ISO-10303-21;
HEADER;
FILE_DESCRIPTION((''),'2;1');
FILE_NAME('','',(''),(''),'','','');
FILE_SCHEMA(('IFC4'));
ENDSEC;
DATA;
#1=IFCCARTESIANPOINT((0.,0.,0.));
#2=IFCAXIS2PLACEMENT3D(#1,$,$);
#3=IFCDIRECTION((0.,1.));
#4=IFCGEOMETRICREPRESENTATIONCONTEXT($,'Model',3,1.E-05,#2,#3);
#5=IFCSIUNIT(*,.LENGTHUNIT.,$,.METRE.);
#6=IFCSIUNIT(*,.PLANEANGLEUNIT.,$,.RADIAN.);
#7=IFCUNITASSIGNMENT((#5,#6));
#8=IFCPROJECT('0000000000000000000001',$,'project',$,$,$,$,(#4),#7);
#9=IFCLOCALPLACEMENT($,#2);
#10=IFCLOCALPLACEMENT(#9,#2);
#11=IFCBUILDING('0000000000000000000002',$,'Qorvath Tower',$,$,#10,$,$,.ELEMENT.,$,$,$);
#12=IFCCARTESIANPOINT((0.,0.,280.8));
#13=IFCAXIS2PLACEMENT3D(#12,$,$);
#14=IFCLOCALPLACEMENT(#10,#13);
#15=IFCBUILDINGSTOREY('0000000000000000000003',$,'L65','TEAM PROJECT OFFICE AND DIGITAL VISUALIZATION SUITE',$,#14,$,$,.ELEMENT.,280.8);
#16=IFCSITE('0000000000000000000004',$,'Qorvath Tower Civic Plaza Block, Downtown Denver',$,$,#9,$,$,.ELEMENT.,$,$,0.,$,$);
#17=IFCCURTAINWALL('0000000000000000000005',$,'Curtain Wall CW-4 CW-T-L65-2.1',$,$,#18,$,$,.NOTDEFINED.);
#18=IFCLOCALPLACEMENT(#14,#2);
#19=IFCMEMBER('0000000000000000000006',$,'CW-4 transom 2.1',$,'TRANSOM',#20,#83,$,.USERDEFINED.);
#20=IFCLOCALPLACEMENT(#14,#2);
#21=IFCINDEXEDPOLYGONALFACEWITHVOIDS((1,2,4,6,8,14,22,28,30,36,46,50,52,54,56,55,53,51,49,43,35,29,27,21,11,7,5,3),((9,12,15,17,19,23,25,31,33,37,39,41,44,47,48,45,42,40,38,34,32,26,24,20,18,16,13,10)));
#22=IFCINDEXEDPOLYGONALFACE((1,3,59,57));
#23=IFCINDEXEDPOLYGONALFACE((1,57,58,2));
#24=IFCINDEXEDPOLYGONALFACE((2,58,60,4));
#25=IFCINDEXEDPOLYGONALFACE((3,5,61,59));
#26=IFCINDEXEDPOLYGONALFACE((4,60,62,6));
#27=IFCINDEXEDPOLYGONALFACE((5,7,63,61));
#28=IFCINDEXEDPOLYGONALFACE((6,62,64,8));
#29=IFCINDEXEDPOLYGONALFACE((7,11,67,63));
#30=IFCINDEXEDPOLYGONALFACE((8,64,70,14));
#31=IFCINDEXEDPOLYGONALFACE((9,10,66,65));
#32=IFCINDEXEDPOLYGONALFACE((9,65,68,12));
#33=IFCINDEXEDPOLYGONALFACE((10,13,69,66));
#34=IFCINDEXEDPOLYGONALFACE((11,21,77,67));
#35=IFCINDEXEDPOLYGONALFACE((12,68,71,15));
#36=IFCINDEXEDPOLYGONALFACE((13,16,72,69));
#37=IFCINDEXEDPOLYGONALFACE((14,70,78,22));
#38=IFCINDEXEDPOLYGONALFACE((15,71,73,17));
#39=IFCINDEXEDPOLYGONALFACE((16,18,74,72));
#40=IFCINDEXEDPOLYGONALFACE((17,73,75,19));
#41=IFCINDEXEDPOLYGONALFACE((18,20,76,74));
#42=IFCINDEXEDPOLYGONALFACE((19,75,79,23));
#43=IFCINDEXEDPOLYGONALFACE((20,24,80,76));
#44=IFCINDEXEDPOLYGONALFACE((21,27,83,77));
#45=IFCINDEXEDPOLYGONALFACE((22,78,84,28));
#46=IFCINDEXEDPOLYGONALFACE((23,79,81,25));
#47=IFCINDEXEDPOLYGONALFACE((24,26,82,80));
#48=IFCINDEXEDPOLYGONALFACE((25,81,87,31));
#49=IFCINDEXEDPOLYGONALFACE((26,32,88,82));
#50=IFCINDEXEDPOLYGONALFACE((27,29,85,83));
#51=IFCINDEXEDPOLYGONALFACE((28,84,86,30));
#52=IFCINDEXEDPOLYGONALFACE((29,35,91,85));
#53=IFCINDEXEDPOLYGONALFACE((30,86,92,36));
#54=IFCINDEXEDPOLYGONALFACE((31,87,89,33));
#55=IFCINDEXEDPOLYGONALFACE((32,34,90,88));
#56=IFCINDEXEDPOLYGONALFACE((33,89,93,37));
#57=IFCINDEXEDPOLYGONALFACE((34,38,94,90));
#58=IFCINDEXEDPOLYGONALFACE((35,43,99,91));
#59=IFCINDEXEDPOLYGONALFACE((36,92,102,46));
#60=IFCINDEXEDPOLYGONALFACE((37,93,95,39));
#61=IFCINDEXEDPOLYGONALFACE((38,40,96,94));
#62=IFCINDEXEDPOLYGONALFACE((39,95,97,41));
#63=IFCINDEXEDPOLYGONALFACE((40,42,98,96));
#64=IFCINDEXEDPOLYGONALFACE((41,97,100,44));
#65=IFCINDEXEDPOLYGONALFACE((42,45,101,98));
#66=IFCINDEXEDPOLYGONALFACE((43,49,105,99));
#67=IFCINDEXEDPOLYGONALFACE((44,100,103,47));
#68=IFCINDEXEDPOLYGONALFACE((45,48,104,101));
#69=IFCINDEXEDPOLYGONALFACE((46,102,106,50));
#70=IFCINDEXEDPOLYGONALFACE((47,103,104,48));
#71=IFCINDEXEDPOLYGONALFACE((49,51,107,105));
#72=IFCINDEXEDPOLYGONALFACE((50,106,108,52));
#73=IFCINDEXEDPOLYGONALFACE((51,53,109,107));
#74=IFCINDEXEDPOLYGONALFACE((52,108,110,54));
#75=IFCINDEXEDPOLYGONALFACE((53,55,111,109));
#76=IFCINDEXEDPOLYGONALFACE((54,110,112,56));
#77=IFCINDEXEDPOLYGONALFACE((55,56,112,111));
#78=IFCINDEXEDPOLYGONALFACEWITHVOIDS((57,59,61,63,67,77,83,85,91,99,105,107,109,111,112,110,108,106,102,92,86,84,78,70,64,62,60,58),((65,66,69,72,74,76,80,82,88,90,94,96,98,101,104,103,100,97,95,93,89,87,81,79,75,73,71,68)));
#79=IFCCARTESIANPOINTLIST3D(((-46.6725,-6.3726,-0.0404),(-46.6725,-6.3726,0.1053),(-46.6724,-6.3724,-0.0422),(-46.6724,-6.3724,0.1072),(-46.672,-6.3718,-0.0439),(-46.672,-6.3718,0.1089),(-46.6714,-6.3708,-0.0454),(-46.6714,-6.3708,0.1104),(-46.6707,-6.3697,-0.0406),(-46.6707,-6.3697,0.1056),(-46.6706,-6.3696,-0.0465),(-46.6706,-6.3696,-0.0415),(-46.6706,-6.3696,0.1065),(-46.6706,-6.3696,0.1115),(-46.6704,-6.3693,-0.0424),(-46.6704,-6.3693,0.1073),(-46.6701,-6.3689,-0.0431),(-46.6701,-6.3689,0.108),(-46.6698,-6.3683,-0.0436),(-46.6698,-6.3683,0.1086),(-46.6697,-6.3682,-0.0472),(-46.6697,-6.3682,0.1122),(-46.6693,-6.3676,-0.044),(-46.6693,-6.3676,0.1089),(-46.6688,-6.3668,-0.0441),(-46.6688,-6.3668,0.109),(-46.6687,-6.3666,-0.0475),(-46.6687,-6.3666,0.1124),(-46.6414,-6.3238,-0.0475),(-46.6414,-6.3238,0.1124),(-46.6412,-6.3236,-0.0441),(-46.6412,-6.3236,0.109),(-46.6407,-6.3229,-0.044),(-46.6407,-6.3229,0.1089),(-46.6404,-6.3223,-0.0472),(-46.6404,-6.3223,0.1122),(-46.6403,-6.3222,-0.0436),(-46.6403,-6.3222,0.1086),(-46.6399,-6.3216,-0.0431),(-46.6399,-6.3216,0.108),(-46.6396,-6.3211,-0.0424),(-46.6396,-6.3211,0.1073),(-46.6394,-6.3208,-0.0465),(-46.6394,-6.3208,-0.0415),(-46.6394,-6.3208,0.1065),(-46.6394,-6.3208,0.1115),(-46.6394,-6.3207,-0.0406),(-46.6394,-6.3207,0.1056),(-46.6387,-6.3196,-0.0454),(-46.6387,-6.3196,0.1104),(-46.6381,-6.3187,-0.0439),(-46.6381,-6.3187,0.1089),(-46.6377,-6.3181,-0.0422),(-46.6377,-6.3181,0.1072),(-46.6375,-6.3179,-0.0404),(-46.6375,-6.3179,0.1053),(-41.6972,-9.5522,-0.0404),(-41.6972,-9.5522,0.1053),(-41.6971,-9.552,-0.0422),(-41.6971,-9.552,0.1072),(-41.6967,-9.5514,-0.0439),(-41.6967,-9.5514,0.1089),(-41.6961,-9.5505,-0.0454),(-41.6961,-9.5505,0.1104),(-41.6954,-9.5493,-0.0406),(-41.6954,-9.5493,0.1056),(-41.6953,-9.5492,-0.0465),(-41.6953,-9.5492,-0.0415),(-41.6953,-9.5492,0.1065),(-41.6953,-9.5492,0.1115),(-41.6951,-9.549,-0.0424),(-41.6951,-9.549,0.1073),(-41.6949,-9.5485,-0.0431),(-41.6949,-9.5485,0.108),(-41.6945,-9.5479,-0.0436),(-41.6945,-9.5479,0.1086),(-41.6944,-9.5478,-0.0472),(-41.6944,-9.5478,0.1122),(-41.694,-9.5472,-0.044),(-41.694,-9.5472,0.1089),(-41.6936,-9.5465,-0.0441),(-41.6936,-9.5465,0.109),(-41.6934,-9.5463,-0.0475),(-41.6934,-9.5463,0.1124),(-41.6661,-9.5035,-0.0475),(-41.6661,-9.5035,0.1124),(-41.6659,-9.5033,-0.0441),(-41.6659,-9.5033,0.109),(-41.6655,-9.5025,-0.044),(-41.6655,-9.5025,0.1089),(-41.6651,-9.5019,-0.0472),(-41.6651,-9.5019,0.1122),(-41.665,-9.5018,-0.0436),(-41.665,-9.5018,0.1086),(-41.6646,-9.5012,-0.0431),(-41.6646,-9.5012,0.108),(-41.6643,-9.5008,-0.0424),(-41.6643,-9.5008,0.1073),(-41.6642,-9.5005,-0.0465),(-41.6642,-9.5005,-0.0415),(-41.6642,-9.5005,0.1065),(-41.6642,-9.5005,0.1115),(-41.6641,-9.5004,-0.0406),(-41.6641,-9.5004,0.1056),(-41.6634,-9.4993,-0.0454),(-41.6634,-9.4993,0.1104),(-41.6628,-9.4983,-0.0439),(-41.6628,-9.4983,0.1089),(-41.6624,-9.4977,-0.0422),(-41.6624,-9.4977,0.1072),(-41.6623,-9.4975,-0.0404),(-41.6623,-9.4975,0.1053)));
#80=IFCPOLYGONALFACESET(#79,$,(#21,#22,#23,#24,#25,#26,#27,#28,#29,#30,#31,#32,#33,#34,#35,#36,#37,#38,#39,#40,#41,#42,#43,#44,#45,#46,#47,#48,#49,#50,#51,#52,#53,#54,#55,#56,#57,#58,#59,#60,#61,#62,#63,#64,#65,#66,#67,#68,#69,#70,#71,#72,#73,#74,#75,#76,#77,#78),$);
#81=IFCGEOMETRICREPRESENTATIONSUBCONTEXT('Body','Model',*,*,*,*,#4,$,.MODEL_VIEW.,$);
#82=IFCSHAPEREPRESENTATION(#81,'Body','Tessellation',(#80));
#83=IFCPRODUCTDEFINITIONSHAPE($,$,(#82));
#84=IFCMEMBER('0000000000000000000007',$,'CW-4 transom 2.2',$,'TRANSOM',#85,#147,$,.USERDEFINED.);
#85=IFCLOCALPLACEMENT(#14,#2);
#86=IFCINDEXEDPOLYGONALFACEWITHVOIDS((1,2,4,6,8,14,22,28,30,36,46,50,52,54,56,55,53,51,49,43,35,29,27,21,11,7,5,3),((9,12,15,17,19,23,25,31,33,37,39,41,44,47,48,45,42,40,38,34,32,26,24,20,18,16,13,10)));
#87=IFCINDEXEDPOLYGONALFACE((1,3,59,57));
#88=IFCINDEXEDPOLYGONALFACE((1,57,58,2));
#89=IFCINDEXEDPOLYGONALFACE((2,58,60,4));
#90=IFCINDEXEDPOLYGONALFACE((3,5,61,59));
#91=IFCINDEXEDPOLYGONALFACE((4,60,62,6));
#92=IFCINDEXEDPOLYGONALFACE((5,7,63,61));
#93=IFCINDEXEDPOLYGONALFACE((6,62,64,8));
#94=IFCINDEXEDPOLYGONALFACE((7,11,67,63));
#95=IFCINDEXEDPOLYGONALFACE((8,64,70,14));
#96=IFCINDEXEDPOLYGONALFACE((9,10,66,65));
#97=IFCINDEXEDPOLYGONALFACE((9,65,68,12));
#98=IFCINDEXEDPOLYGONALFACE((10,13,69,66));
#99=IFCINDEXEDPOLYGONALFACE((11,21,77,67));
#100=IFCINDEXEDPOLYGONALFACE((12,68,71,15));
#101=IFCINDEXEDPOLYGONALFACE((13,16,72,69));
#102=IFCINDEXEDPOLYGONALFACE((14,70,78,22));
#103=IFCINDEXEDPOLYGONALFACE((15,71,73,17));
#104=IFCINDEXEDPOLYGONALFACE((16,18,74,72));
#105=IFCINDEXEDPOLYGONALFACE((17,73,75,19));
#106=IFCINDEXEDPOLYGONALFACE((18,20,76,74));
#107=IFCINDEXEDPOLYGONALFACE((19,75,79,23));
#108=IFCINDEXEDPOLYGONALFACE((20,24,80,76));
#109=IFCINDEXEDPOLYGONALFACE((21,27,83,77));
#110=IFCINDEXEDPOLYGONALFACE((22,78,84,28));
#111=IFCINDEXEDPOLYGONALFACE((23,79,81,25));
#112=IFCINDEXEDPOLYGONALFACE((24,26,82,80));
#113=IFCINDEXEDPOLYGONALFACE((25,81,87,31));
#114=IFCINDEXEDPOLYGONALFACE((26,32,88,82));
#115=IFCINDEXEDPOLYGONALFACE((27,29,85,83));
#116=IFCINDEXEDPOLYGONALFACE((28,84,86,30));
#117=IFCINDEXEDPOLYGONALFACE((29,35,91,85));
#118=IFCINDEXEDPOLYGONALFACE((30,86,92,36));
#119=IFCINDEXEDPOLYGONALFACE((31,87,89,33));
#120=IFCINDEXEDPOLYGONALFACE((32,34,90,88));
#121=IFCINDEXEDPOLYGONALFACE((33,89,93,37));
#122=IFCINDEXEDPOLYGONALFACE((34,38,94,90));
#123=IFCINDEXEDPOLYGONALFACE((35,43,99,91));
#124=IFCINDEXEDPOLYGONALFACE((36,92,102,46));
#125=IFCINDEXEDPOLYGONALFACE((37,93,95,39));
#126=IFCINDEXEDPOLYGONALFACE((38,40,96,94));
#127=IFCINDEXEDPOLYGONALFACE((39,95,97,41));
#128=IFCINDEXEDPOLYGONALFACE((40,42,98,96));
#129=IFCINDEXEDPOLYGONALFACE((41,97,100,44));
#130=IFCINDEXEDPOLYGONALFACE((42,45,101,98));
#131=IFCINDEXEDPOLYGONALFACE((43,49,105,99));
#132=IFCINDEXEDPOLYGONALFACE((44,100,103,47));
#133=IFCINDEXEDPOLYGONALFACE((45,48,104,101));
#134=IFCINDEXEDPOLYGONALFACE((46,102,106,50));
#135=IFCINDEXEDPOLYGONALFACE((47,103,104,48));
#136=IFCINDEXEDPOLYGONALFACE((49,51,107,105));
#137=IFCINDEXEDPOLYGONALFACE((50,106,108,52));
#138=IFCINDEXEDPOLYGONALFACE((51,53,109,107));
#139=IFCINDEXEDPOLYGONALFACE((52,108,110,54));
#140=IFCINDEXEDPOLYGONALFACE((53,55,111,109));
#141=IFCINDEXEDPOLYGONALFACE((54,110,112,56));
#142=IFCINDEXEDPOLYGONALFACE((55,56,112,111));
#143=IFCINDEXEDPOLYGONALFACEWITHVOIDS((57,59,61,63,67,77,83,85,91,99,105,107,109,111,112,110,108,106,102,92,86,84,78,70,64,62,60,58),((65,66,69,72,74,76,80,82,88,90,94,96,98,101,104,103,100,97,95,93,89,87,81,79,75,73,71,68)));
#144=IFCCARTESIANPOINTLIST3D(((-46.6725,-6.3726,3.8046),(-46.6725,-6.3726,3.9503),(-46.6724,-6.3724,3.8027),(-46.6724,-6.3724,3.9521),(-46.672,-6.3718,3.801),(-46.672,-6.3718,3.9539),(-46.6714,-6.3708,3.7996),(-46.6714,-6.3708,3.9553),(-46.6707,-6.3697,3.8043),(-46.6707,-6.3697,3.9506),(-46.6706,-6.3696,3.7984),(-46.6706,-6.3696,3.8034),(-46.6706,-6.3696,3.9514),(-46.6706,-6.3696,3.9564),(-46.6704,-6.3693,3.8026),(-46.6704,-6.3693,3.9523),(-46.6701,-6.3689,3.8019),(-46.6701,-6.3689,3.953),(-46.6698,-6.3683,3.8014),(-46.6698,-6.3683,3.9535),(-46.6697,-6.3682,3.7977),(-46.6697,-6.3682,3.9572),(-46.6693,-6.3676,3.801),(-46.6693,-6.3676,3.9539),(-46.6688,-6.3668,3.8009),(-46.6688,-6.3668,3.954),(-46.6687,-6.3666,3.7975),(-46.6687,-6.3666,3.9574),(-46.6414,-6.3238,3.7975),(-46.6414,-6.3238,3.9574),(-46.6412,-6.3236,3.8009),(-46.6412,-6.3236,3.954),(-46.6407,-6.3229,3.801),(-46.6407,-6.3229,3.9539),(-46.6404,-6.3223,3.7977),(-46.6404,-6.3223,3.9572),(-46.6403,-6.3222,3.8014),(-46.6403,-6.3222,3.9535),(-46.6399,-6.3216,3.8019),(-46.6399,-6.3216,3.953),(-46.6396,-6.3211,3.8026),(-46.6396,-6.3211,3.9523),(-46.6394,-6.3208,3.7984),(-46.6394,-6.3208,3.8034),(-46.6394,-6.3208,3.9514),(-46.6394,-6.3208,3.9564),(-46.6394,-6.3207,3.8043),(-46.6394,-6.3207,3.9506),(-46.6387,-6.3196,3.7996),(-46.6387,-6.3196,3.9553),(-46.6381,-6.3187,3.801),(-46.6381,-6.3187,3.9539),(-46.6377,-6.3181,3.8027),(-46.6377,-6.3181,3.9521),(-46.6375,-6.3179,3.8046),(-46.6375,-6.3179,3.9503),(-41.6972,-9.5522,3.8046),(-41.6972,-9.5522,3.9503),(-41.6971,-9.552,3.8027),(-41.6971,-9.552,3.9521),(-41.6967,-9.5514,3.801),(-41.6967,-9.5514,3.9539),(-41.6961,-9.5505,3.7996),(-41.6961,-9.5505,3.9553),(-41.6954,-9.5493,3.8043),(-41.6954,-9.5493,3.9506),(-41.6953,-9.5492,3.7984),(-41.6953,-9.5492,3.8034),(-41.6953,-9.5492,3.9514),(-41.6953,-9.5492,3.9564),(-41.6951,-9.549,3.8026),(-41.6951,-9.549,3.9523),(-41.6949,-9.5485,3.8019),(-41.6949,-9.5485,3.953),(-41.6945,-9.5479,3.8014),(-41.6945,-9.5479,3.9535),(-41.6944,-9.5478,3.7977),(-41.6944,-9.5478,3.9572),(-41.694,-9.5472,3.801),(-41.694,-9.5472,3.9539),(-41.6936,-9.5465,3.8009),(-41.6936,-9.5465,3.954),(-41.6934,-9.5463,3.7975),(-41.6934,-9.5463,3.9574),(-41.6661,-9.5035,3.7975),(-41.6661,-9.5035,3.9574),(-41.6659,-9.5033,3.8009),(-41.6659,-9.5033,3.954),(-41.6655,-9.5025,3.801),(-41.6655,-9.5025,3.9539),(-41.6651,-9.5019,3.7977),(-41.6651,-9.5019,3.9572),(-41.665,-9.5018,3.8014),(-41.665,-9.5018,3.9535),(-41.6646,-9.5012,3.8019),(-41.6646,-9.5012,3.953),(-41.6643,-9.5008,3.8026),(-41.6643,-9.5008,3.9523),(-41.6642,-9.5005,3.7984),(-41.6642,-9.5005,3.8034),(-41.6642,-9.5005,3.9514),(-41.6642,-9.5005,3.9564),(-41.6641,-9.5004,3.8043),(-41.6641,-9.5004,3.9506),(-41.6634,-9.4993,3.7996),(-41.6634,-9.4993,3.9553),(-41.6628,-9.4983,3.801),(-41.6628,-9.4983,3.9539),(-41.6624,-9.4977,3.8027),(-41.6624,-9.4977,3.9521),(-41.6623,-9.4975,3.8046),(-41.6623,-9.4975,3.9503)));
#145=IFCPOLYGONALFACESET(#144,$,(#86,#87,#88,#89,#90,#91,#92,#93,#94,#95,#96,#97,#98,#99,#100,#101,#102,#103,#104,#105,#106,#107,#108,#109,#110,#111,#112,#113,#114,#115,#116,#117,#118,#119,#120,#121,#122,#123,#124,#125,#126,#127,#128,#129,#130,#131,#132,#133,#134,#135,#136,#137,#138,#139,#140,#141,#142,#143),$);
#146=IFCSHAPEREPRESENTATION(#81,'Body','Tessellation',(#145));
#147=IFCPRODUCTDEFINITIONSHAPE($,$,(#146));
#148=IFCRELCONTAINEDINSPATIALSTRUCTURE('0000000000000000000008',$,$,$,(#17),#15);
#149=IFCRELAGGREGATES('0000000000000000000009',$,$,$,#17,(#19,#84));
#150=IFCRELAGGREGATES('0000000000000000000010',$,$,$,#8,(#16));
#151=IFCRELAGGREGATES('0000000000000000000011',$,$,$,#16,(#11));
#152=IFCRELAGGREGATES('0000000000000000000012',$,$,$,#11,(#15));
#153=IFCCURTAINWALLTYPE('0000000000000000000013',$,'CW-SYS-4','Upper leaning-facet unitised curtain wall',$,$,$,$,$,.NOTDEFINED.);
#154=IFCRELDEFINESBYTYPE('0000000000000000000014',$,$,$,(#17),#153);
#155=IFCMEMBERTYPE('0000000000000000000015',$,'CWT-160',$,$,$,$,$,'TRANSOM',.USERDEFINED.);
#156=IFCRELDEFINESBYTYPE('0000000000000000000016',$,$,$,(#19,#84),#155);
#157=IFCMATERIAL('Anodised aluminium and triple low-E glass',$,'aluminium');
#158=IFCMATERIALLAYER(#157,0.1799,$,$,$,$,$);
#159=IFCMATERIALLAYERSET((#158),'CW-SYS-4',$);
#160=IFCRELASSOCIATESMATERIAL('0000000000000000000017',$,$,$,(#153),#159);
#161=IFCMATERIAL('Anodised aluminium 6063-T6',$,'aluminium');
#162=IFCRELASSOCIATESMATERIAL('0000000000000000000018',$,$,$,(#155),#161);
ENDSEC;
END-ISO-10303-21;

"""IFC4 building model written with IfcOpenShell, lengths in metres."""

from ifc_helpers import new_model, si_unit, direction, frame, origin, origin_2d, place, context, subcontext, project, spatial, hollow_rectangle, extrude, material, layer, layer_set, material_profile, profile_set, type_object, element, aggregate, save


model = new_model("IFC4")

# Units and contexts
model_context = context("Model", 3, precision=1e-05, world=origin(), true_north=direction((0.0, 1.0)))
body_context = subcontext(model_context, "Body", "Model", "MODEL_VIEW")
ifc_project = project(units=[si_unit("LENGTHUNIT", "METRE"), si_unit("PLANEANGLEUNIT", "RADIAN")], contexts=[model_context])

# Site, building, storey
site_placement = place(None, origin())
site = spatial("IfcSite", under=ifc_project, at=site_placement, Name="Qorvath Tower Civic Plaza Block, Downtown Denver", CompositionType="ELEMENT", RefElevation=0.0)
building_placement = place(site_placement, origin())
building = spatial("IfcBuilding", under=site, at=building_placement, Name="Qorvath Tower", CompositionType="ELEMENT")
storey_placement = place(building_placement, frame((0.0, 0.0, 280.8)))
storey = spatial("IfcBuildingStorey", under=building, at=storey_placement, Name="L65", Description="TEAM PROJECT OFFICE AND DIGITAL VISUALIZATION SUITE", CompositionType="ELEMENT", Elevation=280.8)

# Curtain wall, members
ifc_material_1 = material(Name="Anodised aluminium and triple low-E glass", Category="aluminium")
ifc_layer_1 = layer(ifc_material_1, 0.1799)
ifc_layer_set_1 = layer_set([ifc_layer_1], Name="CW-SYS-4")
curtain_wall_type = type_object("IfcCurtainWallType", Name="CW-SYS-4", Description="Upper leaning-facet unitised curtain wall", PredefinedType="NOTDEFINED", material=ifc_layer_set_1)
curtain_wall_placement = place(storey_placement, origin())
curtain_wall = element("IfcCurtainWall", 1, at=curtain_wall_placement, inside=storey, type_object=curtain_wall_type, Name="Curtain Wall CW-4 CW-T-L65-2.1", PredefinedType="NOTDEFINED")
ifc_material_2 = material(Name="Anodised aluminium 6063-T6", Category="aluminium")
ifc_material_profile_1 = material_profile(ifc_material_2, hollow_rectangle(XDim=0.0649, YDim=0.1599, WallThickness=0.0034, InnerFilletRadius=0.0034, OuterFilletRadius=0.0071, at=origin_2d()), Name="CWT 160x65")
ifc_profile_set_1 = profile_set([ifc_material_profile_1], Name="Anodised aluminium 6063-T6")
member_type_1 = type_object("IfcMemberType", Name="CWT-160", ElementType="TRANSOM", PredefinedType="USERDEFINED", material=ifc_profile_set_1)
member_1_placement = place(storey_placement, frame((-46.655, -6.3452, 0.0325), z_axis=(0.84262, -0.538509, 0.0), x_axis=(0.538509, 0.84262, 0.0)))
member_1 = element("IfcMember", 2, at=member_1_placement, type_object=member_type_1, Name="CW-4 transom 2.1", ObjectType="TRANSOM", PredefinedType="USERDEFINED", context=body_context, shape_type="SweptSolid", body=[
    extrude(hollow_rectangle(XDim=0.0649, YDim=0.1599, WallThickness=0.0034, InnerFilletRadius=0.0034, OuterFilletRadius=0.0071, at=origin_2d()), origin(), (0.0, 0.0, 1.0), 5.9045),
])
member_2_placement = place(storey_placement, frame((-46.655, -6.3452, 3.8774), z_axis=(0.84262, -0.538509, 0.0), x_axis=(0.538509, 0.84262, 0.0)))
member_2 = element("IfcMember", 3, at=member_2_placement, type_object=member_type_1, Name="CW-4 transom 2.2", ObjectType="TRANSOM", PredefinedType="USERDEFINED", context=body_context, shape_type="SweptSolid", body=[
    extrude(hollow_rectangle(XDim=0.0649, YDim=0.1599, WallThickness=0.0034, InnerFilletRadius=0.0034, OuterFilletRadius=0.0071, at=origin_2d()), origin(), (0.0, 0.0, 1.0), 5.9045),
])
aggregate(curtain_wall, [member_1, member_2])

save(model, "model.ifc")
